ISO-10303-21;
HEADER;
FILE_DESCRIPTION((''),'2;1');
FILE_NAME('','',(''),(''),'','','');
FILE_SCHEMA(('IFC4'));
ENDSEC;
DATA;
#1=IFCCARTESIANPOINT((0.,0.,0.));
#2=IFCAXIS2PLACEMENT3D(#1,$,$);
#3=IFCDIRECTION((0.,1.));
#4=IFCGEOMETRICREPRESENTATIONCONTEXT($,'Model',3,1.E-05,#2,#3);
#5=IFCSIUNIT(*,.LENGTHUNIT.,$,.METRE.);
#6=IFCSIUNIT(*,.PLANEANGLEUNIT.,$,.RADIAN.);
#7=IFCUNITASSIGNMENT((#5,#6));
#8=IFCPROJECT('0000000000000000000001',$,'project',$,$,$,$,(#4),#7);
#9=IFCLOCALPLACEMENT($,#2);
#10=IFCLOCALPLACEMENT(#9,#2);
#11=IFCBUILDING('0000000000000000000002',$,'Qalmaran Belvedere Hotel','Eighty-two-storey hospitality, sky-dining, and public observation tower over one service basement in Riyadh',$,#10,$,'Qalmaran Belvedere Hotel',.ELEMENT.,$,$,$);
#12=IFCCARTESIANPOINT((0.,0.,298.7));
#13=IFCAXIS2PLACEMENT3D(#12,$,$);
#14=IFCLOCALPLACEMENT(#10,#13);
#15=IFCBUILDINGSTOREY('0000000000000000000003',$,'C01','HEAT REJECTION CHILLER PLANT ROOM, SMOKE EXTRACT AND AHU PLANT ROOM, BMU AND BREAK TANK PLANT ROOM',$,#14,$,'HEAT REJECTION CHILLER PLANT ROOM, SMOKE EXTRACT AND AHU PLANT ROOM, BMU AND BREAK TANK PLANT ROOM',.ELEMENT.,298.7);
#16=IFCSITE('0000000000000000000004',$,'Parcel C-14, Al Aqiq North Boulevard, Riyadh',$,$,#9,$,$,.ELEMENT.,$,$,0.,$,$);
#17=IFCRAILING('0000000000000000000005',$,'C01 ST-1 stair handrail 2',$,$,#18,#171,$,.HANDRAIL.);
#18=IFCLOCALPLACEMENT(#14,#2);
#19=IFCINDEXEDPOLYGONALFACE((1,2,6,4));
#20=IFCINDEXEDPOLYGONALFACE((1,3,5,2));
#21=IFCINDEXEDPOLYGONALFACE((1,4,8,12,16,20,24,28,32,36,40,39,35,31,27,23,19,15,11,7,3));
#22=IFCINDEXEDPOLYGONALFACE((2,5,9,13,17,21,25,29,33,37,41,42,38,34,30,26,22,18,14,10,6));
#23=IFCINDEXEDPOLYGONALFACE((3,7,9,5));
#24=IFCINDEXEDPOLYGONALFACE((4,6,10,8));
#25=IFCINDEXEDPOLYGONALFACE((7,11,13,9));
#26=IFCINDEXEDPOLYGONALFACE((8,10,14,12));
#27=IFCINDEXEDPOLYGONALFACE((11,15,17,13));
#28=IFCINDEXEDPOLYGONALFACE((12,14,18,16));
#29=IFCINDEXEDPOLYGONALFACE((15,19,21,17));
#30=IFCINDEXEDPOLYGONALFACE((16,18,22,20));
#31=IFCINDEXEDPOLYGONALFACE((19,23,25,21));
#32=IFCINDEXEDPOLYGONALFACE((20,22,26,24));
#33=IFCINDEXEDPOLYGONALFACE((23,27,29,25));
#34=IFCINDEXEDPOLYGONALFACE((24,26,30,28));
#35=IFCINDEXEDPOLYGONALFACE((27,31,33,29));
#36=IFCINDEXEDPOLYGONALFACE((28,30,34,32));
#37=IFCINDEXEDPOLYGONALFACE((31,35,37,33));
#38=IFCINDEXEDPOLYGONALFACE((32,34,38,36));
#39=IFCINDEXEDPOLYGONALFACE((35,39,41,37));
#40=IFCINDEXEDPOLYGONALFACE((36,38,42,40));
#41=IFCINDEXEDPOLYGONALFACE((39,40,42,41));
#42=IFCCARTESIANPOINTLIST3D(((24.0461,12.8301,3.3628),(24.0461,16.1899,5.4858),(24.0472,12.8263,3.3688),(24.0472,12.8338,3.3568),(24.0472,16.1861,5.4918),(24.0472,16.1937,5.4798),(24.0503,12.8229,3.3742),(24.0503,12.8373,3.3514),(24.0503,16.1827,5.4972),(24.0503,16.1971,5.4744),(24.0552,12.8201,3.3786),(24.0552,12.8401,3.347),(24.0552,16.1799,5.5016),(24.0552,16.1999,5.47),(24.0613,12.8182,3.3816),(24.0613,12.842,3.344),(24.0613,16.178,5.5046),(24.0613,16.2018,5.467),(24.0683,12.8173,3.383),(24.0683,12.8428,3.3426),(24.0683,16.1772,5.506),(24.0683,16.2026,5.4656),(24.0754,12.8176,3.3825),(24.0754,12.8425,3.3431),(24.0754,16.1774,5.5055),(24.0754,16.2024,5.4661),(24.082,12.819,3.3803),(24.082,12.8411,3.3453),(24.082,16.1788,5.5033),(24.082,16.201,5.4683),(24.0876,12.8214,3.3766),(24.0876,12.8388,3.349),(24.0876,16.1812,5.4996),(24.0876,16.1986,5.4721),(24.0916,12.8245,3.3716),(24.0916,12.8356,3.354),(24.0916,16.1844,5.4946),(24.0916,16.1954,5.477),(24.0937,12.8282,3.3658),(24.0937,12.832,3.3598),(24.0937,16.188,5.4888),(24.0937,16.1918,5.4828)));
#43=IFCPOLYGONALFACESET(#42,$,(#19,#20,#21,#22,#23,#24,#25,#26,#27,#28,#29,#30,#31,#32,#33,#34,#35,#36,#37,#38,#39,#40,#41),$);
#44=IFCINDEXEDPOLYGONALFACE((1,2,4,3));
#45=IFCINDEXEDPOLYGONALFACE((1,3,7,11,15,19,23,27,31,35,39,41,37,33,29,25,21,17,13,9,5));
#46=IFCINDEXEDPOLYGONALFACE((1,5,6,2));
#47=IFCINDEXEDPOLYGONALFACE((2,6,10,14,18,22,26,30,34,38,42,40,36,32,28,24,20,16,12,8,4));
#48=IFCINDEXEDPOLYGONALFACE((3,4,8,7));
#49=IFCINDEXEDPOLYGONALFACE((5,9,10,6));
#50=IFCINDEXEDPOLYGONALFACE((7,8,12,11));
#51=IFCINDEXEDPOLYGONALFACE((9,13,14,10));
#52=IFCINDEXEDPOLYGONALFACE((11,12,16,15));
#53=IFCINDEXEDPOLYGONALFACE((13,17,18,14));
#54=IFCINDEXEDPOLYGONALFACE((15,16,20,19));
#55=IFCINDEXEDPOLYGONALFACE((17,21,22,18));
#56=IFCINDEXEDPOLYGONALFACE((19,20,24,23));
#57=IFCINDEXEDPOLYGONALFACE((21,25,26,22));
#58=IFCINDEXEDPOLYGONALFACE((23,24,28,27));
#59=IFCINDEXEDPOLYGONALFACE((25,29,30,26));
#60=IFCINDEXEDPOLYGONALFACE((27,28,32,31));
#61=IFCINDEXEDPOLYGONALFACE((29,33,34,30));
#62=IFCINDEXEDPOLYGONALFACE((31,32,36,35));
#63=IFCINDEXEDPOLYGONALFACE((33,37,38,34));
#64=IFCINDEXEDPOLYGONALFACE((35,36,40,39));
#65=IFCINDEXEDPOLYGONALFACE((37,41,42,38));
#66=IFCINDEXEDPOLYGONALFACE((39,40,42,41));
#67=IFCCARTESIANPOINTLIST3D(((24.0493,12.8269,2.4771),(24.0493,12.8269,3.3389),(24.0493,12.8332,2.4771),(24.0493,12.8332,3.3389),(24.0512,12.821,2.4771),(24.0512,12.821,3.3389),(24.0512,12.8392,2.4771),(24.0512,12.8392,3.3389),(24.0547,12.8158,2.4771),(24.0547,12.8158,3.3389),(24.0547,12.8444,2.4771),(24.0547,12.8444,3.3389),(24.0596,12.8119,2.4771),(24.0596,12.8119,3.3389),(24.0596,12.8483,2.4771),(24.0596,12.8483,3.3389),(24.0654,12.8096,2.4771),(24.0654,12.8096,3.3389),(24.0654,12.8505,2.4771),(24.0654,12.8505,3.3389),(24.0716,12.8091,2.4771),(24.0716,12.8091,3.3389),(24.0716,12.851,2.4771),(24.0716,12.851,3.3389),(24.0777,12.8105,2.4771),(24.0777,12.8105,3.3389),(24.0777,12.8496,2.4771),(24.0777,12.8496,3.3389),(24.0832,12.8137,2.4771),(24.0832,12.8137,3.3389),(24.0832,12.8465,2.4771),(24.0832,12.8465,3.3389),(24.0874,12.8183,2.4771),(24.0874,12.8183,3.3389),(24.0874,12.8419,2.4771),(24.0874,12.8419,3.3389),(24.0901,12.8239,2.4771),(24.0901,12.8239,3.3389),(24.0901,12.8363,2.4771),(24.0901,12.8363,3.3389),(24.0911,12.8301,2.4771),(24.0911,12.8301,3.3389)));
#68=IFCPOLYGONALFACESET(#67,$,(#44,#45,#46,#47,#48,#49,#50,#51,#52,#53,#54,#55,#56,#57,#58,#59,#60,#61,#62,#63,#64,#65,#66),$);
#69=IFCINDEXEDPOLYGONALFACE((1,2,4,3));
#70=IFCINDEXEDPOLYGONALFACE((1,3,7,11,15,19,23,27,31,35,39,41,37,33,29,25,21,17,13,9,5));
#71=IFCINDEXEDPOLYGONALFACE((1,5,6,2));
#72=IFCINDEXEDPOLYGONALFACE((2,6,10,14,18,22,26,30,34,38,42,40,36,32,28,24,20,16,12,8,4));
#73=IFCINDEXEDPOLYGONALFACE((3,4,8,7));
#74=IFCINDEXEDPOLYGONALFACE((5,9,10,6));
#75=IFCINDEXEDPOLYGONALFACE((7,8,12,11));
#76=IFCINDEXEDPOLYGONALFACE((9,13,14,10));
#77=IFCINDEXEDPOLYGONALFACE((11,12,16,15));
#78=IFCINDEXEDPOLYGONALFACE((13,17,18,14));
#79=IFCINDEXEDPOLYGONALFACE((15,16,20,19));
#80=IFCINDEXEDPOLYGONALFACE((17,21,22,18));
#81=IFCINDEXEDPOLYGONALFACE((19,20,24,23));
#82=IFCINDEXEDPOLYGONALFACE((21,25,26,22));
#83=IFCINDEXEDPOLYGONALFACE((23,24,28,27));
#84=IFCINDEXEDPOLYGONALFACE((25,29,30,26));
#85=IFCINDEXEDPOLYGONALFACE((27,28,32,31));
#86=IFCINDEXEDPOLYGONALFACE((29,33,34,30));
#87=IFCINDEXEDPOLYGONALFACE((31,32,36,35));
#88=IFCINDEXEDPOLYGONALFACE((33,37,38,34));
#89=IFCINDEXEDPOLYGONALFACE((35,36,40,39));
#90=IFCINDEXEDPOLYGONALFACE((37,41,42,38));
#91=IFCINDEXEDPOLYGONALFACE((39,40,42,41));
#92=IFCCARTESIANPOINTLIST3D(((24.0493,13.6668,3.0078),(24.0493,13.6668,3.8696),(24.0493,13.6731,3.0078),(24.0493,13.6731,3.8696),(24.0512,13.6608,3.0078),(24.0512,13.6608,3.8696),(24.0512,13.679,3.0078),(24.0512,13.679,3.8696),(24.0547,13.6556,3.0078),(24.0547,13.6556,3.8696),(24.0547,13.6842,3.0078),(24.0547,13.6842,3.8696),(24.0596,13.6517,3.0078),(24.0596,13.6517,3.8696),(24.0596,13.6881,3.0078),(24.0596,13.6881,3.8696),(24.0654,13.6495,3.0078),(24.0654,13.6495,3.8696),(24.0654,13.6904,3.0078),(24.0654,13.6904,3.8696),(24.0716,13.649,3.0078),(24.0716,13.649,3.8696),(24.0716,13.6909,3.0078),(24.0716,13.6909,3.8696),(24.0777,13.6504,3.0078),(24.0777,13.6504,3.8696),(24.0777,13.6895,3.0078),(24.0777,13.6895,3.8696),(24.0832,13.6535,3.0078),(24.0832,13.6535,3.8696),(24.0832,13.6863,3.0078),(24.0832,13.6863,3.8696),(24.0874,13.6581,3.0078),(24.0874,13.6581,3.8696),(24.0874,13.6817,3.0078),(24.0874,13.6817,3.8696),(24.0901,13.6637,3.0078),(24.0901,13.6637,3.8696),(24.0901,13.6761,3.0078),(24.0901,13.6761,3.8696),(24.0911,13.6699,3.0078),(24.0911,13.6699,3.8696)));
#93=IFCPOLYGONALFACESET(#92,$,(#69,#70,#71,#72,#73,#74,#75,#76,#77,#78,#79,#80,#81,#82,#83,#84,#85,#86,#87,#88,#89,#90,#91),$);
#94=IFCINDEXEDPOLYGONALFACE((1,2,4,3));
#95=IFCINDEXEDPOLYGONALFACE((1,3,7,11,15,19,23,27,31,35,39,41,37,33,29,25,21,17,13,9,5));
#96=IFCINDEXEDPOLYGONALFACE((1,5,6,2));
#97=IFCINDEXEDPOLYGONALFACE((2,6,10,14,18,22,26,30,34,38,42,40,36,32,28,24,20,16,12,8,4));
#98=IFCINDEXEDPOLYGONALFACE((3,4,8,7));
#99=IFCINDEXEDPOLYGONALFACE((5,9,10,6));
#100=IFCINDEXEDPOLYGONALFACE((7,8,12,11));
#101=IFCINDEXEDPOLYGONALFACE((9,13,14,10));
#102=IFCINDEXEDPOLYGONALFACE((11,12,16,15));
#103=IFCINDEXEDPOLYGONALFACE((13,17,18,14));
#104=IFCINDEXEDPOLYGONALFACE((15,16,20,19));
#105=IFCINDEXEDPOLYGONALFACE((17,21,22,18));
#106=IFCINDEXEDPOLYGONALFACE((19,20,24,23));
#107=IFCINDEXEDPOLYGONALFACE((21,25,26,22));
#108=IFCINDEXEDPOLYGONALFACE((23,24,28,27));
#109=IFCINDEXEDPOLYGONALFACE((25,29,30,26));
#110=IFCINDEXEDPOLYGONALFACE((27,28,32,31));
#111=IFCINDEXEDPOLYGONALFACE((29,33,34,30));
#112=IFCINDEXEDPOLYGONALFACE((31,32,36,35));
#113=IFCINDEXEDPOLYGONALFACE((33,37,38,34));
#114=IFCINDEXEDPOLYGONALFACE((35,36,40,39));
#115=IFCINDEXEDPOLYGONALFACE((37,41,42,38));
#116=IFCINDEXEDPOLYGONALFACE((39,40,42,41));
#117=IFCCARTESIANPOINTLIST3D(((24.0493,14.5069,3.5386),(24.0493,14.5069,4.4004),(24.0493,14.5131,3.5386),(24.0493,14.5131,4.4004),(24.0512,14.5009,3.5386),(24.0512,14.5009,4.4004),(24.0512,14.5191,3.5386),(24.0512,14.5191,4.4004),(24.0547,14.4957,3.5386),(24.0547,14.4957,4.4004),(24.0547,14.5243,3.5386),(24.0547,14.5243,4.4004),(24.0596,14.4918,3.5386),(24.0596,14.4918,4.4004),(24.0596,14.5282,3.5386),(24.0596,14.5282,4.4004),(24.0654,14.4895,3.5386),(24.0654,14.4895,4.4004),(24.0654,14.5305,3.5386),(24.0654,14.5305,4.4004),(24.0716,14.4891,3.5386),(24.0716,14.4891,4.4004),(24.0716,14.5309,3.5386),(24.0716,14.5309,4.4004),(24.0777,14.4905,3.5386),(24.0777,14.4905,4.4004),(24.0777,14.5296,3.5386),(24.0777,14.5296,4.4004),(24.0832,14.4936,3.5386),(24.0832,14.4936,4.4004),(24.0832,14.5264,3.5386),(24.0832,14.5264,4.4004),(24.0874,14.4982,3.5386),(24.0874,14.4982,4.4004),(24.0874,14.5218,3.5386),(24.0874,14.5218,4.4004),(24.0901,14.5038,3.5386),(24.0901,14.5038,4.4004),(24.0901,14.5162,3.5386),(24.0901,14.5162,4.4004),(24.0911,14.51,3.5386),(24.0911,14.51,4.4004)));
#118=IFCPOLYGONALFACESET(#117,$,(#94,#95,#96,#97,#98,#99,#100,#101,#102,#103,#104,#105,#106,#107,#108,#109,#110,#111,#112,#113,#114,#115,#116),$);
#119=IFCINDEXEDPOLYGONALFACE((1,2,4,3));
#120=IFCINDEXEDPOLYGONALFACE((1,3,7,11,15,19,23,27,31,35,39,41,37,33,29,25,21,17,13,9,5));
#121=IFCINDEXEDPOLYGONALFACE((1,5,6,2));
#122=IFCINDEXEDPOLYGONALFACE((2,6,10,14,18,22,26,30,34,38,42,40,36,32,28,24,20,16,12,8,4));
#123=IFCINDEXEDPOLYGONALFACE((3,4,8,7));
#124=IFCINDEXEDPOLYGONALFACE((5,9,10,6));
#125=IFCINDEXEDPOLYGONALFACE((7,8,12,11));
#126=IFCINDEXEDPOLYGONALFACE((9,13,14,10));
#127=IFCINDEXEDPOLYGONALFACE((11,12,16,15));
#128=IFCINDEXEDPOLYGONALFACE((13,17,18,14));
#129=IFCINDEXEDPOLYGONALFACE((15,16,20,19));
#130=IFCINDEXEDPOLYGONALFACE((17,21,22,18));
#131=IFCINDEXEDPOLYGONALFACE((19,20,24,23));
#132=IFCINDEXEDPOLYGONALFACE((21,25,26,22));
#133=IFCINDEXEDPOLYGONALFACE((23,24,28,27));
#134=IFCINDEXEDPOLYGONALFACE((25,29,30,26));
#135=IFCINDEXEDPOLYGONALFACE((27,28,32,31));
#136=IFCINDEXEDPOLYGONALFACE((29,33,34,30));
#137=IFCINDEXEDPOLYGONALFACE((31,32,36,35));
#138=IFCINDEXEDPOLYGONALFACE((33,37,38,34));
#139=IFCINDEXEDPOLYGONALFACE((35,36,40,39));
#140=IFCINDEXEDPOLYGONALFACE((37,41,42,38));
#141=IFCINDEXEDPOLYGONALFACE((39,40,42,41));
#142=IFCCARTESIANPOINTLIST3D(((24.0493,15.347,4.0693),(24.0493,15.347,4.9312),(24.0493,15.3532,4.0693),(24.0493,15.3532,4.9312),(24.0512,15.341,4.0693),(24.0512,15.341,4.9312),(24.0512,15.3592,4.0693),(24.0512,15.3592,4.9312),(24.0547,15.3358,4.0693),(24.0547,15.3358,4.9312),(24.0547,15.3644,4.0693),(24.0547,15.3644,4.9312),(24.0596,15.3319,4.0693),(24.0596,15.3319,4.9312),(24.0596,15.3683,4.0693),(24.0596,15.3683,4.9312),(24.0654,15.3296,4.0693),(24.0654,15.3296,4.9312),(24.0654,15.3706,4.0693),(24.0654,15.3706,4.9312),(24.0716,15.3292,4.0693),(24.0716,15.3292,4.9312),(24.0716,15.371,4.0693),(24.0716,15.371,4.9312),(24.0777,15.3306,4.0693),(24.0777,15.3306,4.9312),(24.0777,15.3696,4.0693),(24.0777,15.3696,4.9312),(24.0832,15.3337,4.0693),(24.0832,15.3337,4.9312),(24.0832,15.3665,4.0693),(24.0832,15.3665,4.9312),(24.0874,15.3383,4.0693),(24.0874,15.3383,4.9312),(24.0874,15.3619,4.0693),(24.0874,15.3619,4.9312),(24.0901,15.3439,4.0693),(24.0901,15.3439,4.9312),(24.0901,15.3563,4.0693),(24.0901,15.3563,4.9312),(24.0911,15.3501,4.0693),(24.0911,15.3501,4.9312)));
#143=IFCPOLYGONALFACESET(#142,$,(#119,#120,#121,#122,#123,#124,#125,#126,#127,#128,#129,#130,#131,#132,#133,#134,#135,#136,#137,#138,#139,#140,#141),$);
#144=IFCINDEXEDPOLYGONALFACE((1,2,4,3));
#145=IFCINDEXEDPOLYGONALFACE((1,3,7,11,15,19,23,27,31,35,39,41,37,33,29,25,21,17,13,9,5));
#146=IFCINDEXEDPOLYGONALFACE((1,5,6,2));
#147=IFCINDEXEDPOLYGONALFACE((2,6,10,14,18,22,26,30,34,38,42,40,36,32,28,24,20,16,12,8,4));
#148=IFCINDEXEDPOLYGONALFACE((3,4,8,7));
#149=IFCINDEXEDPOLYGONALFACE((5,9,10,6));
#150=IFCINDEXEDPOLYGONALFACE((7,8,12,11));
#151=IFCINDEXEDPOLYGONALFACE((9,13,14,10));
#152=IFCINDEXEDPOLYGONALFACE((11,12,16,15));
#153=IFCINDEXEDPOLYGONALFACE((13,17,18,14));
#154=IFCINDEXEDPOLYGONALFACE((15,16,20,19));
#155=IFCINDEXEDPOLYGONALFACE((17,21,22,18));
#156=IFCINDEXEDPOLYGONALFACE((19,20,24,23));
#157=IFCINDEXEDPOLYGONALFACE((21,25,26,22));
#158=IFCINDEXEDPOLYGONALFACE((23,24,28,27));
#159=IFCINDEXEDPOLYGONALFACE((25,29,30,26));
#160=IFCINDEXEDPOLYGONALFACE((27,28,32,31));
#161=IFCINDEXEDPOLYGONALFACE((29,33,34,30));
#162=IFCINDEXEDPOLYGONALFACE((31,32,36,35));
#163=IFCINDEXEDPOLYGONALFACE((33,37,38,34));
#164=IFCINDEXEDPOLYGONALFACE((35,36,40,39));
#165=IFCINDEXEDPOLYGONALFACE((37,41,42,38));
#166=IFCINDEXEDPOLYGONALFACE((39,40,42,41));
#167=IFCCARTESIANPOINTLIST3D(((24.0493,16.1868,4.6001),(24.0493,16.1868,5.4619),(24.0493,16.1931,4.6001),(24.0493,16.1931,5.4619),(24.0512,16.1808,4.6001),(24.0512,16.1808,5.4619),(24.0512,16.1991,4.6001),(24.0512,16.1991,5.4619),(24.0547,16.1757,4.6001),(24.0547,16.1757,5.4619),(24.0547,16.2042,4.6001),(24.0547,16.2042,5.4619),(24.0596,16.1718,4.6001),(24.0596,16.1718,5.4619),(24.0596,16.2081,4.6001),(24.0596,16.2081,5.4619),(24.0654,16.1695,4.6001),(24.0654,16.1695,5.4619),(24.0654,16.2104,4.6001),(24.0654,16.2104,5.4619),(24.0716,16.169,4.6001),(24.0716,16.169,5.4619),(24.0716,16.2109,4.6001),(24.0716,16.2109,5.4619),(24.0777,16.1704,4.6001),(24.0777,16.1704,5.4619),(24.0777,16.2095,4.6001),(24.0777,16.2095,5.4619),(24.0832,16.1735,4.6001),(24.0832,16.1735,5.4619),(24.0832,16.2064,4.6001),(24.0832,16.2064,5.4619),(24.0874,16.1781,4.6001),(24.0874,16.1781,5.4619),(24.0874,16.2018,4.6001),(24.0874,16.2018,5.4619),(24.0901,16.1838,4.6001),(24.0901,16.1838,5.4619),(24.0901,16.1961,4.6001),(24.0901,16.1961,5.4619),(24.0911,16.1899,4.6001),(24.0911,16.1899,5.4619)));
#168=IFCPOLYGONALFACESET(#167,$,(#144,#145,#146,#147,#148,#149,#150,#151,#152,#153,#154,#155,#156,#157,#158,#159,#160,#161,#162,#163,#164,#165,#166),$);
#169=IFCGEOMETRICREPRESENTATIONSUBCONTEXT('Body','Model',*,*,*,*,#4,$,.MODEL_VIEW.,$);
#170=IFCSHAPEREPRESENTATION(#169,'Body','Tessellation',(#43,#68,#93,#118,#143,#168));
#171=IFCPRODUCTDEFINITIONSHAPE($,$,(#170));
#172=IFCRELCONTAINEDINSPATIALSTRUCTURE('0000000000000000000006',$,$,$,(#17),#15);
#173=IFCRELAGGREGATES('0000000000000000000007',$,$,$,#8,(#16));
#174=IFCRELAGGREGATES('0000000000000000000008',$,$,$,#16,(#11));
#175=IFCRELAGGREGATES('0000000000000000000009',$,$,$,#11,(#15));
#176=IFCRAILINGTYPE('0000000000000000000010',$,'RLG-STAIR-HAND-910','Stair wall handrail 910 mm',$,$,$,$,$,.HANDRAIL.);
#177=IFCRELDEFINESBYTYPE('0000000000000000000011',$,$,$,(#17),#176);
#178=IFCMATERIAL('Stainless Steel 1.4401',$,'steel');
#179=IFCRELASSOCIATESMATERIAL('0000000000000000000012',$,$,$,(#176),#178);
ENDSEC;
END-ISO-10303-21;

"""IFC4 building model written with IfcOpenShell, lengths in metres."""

from ifc_helpers import new_model, si_unit, direction, frame, origin, origin_2d, place, context, subcontext, project, spatial, circle, extrude, material, type_object, element, save


model = new_model("IFC4")

# Units and contexts
model_context = context("Model", 3, precision=1e-05, world=origin(), true_north=direction((0.0, 1.0)))
body_context = subcontext(model_context, "Body", "Model", "MODEL_VIEW")
ifc_project = project(units=[si_unit("LENGTHUNIT", "METRE"), si_unit("PLANEANGLEUNIT", "RADIAN")], contexts=[model_context])

# Site, building, storey
site_placement = place(None, origin())
site = spatial("IfcSite", under=ifc_project, at=site_placement, Name="Parcel C-14, Al Aqiq North Boulevard, Riyadh", CompositionType="ELEMENT", RefElevation=0.0)
building_placement = place(site_placement, origin())
building = spatial("IfcBuilding", under=site, at=building_placement, Name="Qalmaran Belvedere Hotel", Description="Eighty-two-storey hospitality, sky-dining, and public observation tower over one service basement in Riyadh", LongName="Qalmaran Belvedere Hotel", CompositionType="ELEMENT")
storey_placement = place(building_placement, frame((0.0, 0.0, 298.7)))
storey = spatial("IfcBuildingStorey", under=building, at=storey_placement, Name="C01", Description="HEAT REJECTION CHILLER PLANT ROOM, SMOKE EXTRACT AND AHU PLANT ROOM, BMU AND BREAK TANK PLANT ROOM", LongName="HEAT REJECTION CHILLER PLANT ROOM, SMOKE EXTRACT AND AHU PLANT ROOM, BMU AND BREAK TANK PLANT ROOM", CompositionType="ELEMENT", Elevation=298.7)

# Railing
ifc_material_1 = material(Name="Stainless Steel 1.4401", Category="steel")
railing_type_1 = type_object("IfcRailingType", Name="RLG-STAIR-HAND-910", Description="Stair wall handrail 910 mm", PredefinedType="HANDRAIL", material=ifc_material_1)
railing_1_placement = place(storey_placement, frame((24.0701, 12.8301, 2.4771)))
element("IfcRailing", 1, at=railing_1_placement, inside=storey, type_object=railing_type_1, Name="C01 ST-1 stair handrail 2", PredefinedType="HANDRAIL", context=body_context, shape_type="SweptSolid", body=[
    extrude(circle(Radius=0.0239, at=origin_2d()), frame((0.0, 0.0, 0.8857), z_axis=(0.0, 0.845372, 0.534178), x_axis=(-1.0, 0.0, 0.0)), (0.0, 0.0, 1.0), 3.9744),
    extrude(circle(Radius=0.021, at=origin_2d()), origin(), (0.0, 0.0, 1.0), 0.8618),
    extrude(circle(Radius=0.021, at=origin_2d()), frame((0.0, 0.8398, 0.5308)), (0.0, 0.0, 1.0), 0.8618),
    extrude(circle(Radius=0.021, at=origin_2d()), frame((0.0, 1.6799, 1.0615)), (0.0, 0.0, 1.0), 0.8618),
    extrude(circle(Radius=0.021, at=origin_2d()), frame((0.0, 2.52, 1.5923)), (0.0, 0.0, 1.0), 0.8618),
    extrude(circle(Radius=0.021, at=origin_2d()), frame((0.0, 3.3599, 2.123)), (0.0, 0.0, 1.0), 0.8618),
])

save(model, "model.ifc")
